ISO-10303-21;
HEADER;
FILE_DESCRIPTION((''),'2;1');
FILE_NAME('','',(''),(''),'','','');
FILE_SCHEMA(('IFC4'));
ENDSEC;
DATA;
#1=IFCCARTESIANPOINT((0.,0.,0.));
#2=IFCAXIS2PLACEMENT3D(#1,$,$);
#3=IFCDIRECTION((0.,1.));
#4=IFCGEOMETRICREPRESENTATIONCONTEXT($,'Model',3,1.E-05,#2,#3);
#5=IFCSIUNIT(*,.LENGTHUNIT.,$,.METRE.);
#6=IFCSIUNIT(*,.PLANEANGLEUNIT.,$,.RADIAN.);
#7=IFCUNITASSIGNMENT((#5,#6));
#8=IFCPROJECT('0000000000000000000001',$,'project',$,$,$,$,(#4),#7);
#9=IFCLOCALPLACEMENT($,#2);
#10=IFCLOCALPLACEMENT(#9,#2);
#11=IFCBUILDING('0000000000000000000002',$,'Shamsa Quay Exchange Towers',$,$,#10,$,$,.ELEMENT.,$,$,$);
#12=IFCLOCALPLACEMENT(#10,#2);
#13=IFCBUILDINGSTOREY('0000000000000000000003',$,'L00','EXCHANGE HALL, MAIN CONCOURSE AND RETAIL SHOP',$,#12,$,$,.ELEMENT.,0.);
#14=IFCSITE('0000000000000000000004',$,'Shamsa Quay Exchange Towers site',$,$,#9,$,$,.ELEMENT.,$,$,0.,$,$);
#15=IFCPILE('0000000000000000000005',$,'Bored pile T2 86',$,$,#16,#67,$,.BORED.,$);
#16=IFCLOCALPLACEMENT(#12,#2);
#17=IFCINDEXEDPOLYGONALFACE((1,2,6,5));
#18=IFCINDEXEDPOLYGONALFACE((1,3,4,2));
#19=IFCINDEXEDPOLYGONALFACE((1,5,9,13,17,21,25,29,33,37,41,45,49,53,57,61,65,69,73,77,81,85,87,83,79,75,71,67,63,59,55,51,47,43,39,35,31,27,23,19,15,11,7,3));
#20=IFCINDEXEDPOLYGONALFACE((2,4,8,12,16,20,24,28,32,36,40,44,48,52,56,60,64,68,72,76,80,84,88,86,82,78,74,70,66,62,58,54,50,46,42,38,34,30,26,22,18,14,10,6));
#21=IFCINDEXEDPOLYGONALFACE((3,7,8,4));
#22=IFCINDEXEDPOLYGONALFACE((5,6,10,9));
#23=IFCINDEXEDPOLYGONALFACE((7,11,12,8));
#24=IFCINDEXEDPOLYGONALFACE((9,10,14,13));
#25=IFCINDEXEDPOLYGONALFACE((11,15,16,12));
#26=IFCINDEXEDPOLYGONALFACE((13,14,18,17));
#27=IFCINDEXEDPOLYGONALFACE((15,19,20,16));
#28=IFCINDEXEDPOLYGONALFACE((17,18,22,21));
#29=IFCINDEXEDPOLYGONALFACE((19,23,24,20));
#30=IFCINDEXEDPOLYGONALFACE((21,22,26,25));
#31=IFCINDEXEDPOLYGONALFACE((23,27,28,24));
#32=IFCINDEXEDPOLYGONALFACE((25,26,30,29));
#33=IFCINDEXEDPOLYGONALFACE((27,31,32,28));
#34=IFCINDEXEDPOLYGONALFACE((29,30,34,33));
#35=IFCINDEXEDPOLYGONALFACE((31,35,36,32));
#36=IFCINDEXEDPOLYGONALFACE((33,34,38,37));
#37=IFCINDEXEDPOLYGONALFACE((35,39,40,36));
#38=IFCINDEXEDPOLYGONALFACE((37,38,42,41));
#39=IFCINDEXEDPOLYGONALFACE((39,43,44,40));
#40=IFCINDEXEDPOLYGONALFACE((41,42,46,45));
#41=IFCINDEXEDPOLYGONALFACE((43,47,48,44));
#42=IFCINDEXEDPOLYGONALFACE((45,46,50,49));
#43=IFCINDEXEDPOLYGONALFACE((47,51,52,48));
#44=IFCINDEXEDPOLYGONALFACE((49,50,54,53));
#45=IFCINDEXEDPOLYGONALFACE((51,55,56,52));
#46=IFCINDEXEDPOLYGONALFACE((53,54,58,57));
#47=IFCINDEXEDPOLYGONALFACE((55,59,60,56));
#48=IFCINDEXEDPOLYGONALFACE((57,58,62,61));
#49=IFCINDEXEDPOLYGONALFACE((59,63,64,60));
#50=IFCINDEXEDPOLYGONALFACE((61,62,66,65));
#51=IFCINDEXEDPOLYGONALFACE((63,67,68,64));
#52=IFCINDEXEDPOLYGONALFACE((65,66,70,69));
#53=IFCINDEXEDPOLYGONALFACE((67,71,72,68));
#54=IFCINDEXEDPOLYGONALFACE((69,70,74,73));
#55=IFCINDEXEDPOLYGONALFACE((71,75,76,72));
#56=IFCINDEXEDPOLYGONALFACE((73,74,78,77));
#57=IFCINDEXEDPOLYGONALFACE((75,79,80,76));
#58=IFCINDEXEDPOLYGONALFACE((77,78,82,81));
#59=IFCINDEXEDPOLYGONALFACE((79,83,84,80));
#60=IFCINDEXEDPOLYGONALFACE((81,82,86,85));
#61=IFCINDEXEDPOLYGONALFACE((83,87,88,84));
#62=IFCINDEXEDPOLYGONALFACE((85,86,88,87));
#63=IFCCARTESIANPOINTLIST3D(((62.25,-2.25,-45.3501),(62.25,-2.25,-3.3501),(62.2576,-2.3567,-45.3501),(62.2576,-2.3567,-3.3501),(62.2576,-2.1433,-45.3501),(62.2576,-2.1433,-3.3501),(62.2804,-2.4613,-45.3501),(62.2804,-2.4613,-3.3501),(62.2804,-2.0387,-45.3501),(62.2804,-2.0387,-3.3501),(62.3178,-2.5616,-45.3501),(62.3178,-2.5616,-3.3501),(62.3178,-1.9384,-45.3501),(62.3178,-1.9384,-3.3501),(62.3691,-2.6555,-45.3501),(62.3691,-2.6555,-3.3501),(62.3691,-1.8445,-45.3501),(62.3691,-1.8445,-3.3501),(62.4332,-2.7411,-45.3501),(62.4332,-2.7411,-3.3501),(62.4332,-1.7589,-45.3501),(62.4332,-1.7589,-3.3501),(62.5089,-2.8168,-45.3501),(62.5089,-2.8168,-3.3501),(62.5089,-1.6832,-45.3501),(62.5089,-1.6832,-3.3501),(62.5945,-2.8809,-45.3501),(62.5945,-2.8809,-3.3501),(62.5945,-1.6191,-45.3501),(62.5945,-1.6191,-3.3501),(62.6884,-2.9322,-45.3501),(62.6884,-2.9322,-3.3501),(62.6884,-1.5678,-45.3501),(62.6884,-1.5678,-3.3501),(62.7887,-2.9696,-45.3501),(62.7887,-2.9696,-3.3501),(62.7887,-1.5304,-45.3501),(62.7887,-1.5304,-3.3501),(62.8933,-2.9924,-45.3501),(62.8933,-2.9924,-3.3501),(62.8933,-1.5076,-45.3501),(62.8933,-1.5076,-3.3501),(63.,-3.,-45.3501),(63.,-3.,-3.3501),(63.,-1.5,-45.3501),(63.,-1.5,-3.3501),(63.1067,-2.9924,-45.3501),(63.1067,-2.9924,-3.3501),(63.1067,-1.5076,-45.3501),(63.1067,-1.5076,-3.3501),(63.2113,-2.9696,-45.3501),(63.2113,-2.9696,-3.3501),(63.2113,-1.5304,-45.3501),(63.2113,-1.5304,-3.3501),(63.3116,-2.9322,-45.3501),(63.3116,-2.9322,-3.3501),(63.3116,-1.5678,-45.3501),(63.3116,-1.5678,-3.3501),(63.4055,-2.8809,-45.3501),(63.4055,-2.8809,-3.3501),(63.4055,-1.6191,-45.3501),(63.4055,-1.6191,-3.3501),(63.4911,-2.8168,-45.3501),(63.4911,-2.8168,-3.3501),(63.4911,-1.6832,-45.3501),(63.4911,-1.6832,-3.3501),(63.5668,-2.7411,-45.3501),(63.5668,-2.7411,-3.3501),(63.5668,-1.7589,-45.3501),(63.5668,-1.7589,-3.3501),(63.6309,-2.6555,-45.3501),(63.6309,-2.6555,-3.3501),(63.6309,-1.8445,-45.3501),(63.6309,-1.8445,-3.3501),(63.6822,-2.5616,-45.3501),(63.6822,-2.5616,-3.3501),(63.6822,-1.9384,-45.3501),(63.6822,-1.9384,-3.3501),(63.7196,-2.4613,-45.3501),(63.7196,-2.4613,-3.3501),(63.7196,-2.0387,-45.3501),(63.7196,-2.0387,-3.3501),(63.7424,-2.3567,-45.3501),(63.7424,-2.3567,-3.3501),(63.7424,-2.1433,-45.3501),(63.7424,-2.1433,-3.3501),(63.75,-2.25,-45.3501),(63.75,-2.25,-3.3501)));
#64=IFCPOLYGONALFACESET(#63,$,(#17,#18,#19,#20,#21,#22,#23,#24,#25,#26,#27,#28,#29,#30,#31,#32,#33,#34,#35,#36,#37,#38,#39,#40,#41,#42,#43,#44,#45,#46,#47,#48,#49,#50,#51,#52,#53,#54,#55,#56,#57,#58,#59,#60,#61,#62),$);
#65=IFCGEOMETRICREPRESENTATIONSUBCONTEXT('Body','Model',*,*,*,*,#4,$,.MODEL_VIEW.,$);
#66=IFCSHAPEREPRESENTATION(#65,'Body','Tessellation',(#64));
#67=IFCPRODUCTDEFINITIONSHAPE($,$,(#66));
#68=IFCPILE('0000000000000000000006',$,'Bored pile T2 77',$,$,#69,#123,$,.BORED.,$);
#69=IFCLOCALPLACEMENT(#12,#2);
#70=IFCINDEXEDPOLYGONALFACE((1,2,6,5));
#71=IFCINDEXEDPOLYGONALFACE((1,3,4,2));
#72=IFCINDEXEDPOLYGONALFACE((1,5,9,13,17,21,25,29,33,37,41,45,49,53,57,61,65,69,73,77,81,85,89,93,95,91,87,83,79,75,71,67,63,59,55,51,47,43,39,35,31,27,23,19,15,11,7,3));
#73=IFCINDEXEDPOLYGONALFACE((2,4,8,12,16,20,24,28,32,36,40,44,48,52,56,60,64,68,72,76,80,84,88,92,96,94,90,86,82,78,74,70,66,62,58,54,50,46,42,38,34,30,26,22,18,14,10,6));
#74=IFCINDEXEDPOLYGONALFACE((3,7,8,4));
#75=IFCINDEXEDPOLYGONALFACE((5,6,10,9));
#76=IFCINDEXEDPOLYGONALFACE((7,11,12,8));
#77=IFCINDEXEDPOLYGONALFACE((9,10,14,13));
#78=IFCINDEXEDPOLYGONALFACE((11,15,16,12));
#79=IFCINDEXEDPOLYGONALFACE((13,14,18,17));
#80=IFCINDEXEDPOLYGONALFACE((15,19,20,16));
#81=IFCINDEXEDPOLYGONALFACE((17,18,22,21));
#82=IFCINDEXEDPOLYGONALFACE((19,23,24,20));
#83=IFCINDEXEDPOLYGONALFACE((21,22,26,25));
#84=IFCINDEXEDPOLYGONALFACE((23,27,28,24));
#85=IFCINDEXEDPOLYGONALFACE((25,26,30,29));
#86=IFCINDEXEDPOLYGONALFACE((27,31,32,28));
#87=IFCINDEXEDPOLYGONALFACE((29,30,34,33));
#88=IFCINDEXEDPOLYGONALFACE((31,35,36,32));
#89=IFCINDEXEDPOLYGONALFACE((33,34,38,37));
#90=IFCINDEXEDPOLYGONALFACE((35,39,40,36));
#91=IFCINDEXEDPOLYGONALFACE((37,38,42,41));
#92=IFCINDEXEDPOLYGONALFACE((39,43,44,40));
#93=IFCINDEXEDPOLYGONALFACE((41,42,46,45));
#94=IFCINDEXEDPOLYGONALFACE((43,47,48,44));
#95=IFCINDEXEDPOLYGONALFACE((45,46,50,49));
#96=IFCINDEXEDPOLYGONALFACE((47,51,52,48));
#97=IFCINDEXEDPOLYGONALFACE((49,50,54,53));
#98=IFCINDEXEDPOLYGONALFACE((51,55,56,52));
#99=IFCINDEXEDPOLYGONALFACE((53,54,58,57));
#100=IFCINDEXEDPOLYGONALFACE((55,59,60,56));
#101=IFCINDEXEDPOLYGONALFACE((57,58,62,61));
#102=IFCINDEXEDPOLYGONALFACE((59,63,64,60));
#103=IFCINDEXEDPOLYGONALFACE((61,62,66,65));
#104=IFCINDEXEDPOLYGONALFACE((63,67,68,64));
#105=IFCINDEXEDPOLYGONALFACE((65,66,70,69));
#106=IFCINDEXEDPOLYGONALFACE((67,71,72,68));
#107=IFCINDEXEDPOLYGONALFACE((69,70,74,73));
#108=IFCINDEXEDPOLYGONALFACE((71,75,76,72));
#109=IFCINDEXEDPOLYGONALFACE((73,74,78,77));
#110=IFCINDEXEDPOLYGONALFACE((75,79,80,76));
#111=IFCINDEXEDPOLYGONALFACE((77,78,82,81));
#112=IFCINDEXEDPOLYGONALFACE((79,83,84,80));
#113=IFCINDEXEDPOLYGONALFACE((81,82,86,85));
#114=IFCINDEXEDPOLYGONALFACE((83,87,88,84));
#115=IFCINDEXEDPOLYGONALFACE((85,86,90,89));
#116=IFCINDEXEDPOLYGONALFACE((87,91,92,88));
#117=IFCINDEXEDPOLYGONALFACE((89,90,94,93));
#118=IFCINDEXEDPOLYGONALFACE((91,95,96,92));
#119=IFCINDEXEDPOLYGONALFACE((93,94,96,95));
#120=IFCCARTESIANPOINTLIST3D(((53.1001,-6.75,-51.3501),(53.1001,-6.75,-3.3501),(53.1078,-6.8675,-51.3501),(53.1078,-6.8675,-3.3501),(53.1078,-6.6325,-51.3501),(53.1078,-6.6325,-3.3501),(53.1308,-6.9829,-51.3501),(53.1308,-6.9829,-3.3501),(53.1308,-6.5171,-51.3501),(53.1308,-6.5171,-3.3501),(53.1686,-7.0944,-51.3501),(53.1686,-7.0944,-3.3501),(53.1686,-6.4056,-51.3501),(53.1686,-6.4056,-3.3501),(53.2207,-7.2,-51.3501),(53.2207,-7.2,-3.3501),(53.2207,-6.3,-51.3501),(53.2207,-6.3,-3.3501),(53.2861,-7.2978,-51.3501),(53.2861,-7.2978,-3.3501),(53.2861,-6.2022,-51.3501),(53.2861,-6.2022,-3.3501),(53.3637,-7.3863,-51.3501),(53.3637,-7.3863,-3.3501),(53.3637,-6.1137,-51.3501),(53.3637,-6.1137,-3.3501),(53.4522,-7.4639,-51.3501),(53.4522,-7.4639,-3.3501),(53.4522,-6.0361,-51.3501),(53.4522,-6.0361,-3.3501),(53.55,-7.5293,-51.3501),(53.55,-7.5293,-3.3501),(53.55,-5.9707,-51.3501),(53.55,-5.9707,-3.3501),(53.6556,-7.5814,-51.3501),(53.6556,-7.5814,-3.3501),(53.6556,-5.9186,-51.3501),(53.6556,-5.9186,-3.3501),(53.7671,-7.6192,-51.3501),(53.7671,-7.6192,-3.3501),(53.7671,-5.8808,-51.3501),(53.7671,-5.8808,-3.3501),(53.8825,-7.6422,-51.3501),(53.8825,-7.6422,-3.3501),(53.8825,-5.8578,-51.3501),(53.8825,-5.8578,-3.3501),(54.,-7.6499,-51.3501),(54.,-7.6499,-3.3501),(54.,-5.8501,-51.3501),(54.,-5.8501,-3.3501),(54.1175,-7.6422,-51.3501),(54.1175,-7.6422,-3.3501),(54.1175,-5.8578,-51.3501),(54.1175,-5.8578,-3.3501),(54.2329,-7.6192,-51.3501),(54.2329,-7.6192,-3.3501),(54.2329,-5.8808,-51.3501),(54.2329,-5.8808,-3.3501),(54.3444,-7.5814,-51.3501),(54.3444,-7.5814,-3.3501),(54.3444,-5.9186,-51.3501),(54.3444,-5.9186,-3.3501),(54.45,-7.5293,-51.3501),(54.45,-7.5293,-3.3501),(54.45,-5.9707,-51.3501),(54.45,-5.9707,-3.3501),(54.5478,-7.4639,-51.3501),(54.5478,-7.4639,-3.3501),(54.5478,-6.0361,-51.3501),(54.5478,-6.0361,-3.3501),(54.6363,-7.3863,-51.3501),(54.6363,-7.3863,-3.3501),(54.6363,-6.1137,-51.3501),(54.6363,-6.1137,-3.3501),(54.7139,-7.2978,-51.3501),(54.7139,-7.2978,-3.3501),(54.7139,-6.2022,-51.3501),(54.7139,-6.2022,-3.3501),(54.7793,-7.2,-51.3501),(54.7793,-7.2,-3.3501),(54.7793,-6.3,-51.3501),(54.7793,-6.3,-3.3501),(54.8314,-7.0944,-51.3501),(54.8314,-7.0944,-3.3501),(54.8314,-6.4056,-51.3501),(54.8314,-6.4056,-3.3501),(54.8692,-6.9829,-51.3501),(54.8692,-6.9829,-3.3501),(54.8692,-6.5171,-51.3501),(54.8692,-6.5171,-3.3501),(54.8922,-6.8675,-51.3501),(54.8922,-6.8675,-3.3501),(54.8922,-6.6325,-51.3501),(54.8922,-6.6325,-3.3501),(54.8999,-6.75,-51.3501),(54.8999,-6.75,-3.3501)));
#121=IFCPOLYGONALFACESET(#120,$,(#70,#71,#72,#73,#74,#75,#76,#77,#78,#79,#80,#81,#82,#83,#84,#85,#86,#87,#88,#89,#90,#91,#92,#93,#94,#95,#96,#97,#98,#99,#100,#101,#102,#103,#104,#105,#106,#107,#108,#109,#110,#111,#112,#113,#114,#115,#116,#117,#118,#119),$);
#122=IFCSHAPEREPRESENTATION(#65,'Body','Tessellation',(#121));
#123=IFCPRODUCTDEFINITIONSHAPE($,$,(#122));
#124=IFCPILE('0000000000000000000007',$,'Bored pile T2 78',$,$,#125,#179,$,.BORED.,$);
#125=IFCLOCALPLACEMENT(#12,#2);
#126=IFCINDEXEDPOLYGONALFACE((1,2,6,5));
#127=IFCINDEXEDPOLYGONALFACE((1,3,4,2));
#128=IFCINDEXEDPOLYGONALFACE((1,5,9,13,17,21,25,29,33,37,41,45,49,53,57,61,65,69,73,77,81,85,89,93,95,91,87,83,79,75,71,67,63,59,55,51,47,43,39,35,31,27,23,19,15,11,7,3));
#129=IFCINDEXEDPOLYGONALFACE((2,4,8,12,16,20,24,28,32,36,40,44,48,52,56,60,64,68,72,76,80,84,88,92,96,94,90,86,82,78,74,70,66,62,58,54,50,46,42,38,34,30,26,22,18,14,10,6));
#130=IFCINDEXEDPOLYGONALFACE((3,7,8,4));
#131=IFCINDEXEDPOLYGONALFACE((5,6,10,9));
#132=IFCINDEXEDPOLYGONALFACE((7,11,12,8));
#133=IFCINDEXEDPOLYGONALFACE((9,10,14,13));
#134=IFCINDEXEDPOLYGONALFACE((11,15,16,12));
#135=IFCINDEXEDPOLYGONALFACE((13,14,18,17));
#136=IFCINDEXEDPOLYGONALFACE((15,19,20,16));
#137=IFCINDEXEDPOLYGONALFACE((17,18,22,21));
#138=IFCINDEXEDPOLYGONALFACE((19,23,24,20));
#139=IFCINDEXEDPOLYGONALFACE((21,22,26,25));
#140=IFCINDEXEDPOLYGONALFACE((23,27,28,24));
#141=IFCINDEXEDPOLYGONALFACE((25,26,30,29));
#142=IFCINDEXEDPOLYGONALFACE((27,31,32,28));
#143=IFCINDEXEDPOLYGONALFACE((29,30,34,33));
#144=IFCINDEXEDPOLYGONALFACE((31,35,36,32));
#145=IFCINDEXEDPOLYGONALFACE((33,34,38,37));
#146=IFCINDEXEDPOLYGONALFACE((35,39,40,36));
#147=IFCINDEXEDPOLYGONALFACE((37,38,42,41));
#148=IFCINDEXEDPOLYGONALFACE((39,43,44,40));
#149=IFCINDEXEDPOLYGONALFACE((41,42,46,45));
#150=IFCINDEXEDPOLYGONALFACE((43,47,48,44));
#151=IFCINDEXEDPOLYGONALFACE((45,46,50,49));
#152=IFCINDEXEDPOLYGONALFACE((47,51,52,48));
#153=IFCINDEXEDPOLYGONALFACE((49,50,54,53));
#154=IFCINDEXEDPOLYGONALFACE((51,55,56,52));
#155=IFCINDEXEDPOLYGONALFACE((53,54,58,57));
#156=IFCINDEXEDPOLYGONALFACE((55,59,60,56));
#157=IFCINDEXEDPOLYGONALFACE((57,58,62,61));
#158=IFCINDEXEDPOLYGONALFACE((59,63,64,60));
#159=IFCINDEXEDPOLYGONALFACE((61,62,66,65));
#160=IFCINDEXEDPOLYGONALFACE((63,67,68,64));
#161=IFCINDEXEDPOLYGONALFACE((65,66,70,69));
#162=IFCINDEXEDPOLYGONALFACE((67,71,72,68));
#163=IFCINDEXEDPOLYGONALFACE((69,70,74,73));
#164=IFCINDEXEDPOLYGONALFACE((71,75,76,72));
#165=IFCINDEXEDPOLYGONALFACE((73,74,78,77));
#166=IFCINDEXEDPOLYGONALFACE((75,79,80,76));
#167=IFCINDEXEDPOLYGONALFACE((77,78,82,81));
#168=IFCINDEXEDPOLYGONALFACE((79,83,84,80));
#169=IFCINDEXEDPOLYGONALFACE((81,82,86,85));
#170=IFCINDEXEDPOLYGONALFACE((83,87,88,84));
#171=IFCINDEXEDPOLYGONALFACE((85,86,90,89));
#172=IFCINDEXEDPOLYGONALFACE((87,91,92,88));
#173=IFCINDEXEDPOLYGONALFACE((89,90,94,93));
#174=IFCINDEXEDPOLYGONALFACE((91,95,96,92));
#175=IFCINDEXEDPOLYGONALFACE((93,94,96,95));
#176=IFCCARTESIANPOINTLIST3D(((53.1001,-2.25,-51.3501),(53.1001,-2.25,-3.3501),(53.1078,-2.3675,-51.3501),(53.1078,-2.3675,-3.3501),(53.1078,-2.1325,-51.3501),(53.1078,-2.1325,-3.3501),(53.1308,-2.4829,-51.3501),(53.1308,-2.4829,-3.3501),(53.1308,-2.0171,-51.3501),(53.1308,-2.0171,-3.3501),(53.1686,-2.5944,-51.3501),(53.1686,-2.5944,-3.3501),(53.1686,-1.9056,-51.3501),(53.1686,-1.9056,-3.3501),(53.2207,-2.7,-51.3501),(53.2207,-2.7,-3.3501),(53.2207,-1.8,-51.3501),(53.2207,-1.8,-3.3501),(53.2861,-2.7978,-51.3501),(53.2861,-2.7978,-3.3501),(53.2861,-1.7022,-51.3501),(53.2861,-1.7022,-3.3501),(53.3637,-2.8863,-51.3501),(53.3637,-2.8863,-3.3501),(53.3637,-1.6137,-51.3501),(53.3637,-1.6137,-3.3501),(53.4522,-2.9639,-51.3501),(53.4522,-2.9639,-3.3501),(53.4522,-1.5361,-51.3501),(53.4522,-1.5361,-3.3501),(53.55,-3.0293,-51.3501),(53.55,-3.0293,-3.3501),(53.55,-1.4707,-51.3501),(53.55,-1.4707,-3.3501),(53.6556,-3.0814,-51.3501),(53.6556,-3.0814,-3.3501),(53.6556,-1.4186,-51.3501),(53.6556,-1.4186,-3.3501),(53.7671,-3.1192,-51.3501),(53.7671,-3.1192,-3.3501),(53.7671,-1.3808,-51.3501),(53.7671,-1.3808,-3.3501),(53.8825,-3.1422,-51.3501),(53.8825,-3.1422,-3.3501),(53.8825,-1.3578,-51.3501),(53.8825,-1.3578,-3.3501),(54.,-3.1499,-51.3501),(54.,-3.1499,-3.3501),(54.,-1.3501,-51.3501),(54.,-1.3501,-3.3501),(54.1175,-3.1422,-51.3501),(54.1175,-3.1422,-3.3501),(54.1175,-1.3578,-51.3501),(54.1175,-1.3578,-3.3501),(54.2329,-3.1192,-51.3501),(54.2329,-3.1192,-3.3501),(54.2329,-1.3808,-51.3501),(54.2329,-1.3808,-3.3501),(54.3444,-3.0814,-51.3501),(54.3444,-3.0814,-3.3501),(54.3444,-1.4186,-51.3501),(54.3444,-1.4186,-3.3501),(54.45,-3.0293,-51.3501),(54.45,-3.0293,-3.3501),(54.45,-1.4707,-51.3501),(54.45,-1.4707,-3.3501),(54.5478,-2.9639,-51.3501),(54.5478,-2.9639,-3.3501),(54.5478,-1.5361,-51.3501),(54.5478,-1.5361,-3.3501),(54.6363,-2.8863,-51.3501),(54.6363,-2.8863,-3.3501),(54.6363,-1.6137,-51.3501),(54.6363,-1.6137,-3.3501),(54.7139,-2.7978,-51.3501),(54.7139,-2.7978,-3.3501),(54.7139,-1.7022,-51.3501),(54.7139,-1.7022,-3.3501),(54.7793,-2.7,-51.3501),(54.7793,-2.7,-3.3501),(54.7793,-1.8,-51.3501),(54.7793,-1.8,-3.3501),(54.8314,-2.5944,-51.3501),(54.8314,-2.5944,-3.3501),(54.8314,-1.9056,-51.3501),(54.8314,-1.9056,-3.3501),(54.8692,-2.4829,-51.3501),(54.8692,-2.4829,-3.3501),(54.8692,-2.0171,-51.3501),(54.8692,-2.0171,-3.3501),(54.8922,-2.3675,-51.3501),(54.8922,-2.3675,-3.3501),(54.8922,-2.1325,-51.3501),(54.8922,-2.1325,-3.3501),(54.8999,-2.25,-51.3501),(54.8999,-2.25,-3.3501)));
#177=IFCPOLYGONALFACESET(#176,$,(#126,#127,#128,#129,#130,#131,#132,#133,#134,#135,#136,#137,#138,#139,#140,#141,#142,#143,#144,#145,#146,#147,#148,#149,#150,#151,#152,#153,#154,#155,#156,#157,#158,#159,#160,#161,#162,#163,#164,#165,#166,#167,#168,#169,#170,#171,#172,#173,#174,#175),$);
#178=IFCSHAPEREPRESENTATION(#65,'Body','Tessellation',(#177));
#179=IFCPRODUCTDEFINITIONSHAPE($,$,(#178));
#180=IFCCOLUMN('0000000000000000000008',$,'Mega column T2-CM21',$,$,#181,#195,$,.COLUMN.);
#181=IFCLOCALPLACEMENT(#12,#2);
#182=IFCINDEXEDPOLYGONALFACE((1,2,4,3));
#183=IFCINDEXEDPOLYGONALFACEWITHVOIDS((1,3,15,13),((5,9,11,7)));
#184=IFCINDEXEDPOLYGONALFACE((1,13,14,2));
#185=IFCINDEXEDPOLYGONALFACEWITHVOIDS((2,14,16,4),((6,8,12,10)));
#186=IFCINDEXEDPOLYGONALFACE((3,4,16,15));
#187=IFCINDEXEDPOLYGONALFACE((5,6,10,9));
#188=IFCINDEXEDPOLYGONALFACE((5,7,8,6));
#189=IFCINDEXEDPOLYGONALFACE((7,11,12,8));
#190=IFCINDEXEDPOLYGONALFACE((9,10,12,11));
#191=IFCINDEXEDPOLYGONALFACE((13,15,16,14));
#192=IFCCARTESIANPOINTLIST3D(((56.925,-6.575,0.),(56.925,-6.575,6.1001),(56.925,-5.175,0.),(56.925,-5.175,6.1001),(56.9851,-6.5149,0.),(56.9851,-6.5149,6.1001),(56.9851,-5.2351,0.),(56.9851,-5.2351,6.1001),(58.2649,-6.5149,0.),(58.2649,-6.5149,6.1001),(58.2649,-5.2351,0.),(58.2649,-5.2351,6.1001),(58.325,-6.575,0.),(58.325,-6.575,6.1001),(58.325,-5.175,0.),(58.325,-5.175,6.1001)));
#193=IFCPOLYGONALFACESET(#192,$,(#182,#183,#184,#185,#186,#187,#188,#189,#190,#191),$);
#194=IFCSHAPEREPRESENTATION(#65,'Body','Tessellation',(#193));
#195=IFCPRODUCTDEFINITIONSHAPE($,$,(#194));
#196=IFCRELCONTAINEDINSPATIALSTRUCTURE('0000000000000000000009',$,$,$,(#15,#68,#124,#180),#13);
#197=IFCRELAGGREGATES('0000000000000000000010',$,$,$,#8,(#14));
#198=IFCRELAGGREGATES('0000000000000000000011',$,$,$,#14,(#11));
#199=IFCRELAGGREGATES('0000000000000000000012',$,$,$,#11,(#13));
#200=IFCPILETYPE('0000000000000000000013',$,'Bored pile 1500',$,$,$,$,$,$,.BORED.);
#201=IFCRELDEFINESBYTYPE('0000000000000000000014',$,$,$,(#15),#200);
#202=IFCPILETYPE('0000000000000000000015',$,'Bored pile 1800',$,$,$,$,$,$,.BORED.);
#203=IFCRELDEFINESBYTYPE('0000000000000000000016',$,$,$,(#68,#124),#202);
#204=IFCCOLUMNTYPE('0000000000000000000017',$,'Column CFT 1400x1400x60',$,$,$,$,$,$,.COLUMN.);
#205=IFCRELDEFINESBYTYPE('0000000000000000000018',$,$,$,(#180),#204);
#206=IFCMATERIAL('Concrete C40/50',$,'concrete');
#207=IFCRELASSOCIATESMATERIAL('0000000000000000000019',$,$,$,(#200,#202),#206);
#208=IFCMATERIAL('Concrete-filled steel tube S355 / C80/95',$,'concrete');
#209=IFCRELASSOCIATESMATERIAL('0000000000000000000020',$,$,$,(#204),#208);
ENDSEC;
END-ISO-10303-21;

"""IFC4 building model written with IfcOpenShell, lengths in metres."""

from ifc_helpers import new_model, si_unit, direction, frame, origin, origin_2d, place, context, subcontext, project, spatial, hollow_rectangle, circle, extrude, material, material_profile, profile_set, type_object, element, save


model = new_model("IFC4")

# Units and contexts
model_context = context("Model", 3, precision=1e-05, world=origin(), true_north=direction((0.0, 1.0)))
body_context = subcontext(model_context, "Body", "Model", "MODEL_VIEW")
ifc_project = project(units=[si_unit("LENGTHUNIT", "METRE"), si_unit("PLANEANGLEUNIT", "RADIAN")], contexts=[model_context])

# Site, building, storey
site_placement = place(None, origin())
site = spatial("IfcSite", under=ifc_project, at=site_placement, Name="Shamsa Quay Exchange Towers site", CompositionType="ELEMENT", RefElevation=0.0)
building_placement = place(site_placement, origin())
building = spatial("IfcBuilding", under=site, at=building_placement, Name="Shamsa Quay Exchange Towers", CompositionType="ELEMENT")
storey_placement = place(building_placement, origin())
storey = spatial("IfcBuildingStorey", under=building, at=storey_placement, Name="L00", Description="EXCHANGE HALL, MAIN CONCOURSE AND RETAIL SHOP", CompositionType="ELEMENT", Elevation=0.0)

# Piles
ifc_material_1 = material(Name="Concrete C40/50", Category="concrete")
ifc_material_profile_1 = material_profile(ifc_material_1, circle(Radius=0.75, at=origin_2d()), Name="BP1500")
ifc_profile_set_1 = profile_set([ifc_material_profile_1], Name="Concrete C40/50")
pile_type_1 = type_object("IfcPileType", Name="Bored pile 1500", PredefinedType="BORED", material=ifc_profile_set_1)
for number, where, z_axis, x_axis, name in (
    (1, (63.0, -2.25, -3.3501), (0.0, 0.0, -1.0), (1.0, 0.0, 0.0), "Bored pile T2 86"),
):
    element("IfcPile", number, at=place(storey_placement, frame(where, z_axis=z_axis, x_axis=x_axis)), inside=storey, type_object=pile_type_1, Name=name, PredefinedType="BORED", context=body_context, shape_type="SweptSolid", body=[
        extrude(circle(Radius=0.75, at=origin_2d()), origin(), (0.0, 0.0, 1.0), 42.0),
    ])
ifc_material_profile_2 = material_profile(ifc_material_1, circle(Radius=0.8999, at=origin_2d()), Name="BP1800")
ifc_profile_set_2 = profile_set([ifc_material_profile_2], Name="Concrete C40/50")
pile_type_2 = type_object("IfcPileType", Name="Bored pile 1800", PredefinedType="BORED", material=ifc_profile_set_2)
for number, where, z_axis, x_axis, name in (
    (2, (54.0, -6.75, -3.3501), (0.0, 0.0, -1.0), (1.0, 0.0, 0.0), "Bored pile T2 77"),
    (3, (54.0, -2.25, -3.3501), (0.0, 0.0, -1.0), (1.0, 0.0, 0.0), "Bored pile T2 78"),
):
    element("IfcPile", number, at=place(storey_placement, frame(where, z_axis=z_axis, x_axis=x_axis)), inside=storey, type_object=pile_type_2, Name=name, PredefinedType="BORED", context=body_context, shape_type="SweptSolid", body=[
        extrude(circle(Radius=0.8999, at=origin_2d()), origin(), (0.0, 0.0, 1.0), 48.0),
    ])

# Column
ifc_material_2 = material(Name="Concrete-filled steel tube S355 / C80/95", Category="concrete")
ifc_material_profile_3 = material_profile(ifc_material_2, hollow_rectangle(XDim=1.3999, YDim=1.3999, WallThickness=0.0601, at=origin_2d()), Name="CFT 1400x1400x60")
ifc_profile_set_3 = profile_set([ifc_material_profile_3], Name="Concrete-filled steel tube S355 / C80/95")
column_type = type_object("IfcColumnType", Name="Column CFT 1400x1400x60", PredefinedType="COLUMN", material=ifc_profile_set_3)
for number, where, name in (
    (4, (57.625, -5.875, 0.0), "Mega column T2-CM21"),
):
    element("IfcColumn", number, at=place(storey_placement, frame(where)), inside=storey, type_object=column_type, Name=name, PredefinedType="COLUMN", context=body_context, shape_type="SweptSolid", body=[
        extrude(hollow_rectangle(XDim=1.3999, YDim=1.3999, WallThickness=0.0601, at=origin_2d()), origin(), (0.0, 0.0, 1.0), 6.1001),
    ])

save(model, "model.ifc")
